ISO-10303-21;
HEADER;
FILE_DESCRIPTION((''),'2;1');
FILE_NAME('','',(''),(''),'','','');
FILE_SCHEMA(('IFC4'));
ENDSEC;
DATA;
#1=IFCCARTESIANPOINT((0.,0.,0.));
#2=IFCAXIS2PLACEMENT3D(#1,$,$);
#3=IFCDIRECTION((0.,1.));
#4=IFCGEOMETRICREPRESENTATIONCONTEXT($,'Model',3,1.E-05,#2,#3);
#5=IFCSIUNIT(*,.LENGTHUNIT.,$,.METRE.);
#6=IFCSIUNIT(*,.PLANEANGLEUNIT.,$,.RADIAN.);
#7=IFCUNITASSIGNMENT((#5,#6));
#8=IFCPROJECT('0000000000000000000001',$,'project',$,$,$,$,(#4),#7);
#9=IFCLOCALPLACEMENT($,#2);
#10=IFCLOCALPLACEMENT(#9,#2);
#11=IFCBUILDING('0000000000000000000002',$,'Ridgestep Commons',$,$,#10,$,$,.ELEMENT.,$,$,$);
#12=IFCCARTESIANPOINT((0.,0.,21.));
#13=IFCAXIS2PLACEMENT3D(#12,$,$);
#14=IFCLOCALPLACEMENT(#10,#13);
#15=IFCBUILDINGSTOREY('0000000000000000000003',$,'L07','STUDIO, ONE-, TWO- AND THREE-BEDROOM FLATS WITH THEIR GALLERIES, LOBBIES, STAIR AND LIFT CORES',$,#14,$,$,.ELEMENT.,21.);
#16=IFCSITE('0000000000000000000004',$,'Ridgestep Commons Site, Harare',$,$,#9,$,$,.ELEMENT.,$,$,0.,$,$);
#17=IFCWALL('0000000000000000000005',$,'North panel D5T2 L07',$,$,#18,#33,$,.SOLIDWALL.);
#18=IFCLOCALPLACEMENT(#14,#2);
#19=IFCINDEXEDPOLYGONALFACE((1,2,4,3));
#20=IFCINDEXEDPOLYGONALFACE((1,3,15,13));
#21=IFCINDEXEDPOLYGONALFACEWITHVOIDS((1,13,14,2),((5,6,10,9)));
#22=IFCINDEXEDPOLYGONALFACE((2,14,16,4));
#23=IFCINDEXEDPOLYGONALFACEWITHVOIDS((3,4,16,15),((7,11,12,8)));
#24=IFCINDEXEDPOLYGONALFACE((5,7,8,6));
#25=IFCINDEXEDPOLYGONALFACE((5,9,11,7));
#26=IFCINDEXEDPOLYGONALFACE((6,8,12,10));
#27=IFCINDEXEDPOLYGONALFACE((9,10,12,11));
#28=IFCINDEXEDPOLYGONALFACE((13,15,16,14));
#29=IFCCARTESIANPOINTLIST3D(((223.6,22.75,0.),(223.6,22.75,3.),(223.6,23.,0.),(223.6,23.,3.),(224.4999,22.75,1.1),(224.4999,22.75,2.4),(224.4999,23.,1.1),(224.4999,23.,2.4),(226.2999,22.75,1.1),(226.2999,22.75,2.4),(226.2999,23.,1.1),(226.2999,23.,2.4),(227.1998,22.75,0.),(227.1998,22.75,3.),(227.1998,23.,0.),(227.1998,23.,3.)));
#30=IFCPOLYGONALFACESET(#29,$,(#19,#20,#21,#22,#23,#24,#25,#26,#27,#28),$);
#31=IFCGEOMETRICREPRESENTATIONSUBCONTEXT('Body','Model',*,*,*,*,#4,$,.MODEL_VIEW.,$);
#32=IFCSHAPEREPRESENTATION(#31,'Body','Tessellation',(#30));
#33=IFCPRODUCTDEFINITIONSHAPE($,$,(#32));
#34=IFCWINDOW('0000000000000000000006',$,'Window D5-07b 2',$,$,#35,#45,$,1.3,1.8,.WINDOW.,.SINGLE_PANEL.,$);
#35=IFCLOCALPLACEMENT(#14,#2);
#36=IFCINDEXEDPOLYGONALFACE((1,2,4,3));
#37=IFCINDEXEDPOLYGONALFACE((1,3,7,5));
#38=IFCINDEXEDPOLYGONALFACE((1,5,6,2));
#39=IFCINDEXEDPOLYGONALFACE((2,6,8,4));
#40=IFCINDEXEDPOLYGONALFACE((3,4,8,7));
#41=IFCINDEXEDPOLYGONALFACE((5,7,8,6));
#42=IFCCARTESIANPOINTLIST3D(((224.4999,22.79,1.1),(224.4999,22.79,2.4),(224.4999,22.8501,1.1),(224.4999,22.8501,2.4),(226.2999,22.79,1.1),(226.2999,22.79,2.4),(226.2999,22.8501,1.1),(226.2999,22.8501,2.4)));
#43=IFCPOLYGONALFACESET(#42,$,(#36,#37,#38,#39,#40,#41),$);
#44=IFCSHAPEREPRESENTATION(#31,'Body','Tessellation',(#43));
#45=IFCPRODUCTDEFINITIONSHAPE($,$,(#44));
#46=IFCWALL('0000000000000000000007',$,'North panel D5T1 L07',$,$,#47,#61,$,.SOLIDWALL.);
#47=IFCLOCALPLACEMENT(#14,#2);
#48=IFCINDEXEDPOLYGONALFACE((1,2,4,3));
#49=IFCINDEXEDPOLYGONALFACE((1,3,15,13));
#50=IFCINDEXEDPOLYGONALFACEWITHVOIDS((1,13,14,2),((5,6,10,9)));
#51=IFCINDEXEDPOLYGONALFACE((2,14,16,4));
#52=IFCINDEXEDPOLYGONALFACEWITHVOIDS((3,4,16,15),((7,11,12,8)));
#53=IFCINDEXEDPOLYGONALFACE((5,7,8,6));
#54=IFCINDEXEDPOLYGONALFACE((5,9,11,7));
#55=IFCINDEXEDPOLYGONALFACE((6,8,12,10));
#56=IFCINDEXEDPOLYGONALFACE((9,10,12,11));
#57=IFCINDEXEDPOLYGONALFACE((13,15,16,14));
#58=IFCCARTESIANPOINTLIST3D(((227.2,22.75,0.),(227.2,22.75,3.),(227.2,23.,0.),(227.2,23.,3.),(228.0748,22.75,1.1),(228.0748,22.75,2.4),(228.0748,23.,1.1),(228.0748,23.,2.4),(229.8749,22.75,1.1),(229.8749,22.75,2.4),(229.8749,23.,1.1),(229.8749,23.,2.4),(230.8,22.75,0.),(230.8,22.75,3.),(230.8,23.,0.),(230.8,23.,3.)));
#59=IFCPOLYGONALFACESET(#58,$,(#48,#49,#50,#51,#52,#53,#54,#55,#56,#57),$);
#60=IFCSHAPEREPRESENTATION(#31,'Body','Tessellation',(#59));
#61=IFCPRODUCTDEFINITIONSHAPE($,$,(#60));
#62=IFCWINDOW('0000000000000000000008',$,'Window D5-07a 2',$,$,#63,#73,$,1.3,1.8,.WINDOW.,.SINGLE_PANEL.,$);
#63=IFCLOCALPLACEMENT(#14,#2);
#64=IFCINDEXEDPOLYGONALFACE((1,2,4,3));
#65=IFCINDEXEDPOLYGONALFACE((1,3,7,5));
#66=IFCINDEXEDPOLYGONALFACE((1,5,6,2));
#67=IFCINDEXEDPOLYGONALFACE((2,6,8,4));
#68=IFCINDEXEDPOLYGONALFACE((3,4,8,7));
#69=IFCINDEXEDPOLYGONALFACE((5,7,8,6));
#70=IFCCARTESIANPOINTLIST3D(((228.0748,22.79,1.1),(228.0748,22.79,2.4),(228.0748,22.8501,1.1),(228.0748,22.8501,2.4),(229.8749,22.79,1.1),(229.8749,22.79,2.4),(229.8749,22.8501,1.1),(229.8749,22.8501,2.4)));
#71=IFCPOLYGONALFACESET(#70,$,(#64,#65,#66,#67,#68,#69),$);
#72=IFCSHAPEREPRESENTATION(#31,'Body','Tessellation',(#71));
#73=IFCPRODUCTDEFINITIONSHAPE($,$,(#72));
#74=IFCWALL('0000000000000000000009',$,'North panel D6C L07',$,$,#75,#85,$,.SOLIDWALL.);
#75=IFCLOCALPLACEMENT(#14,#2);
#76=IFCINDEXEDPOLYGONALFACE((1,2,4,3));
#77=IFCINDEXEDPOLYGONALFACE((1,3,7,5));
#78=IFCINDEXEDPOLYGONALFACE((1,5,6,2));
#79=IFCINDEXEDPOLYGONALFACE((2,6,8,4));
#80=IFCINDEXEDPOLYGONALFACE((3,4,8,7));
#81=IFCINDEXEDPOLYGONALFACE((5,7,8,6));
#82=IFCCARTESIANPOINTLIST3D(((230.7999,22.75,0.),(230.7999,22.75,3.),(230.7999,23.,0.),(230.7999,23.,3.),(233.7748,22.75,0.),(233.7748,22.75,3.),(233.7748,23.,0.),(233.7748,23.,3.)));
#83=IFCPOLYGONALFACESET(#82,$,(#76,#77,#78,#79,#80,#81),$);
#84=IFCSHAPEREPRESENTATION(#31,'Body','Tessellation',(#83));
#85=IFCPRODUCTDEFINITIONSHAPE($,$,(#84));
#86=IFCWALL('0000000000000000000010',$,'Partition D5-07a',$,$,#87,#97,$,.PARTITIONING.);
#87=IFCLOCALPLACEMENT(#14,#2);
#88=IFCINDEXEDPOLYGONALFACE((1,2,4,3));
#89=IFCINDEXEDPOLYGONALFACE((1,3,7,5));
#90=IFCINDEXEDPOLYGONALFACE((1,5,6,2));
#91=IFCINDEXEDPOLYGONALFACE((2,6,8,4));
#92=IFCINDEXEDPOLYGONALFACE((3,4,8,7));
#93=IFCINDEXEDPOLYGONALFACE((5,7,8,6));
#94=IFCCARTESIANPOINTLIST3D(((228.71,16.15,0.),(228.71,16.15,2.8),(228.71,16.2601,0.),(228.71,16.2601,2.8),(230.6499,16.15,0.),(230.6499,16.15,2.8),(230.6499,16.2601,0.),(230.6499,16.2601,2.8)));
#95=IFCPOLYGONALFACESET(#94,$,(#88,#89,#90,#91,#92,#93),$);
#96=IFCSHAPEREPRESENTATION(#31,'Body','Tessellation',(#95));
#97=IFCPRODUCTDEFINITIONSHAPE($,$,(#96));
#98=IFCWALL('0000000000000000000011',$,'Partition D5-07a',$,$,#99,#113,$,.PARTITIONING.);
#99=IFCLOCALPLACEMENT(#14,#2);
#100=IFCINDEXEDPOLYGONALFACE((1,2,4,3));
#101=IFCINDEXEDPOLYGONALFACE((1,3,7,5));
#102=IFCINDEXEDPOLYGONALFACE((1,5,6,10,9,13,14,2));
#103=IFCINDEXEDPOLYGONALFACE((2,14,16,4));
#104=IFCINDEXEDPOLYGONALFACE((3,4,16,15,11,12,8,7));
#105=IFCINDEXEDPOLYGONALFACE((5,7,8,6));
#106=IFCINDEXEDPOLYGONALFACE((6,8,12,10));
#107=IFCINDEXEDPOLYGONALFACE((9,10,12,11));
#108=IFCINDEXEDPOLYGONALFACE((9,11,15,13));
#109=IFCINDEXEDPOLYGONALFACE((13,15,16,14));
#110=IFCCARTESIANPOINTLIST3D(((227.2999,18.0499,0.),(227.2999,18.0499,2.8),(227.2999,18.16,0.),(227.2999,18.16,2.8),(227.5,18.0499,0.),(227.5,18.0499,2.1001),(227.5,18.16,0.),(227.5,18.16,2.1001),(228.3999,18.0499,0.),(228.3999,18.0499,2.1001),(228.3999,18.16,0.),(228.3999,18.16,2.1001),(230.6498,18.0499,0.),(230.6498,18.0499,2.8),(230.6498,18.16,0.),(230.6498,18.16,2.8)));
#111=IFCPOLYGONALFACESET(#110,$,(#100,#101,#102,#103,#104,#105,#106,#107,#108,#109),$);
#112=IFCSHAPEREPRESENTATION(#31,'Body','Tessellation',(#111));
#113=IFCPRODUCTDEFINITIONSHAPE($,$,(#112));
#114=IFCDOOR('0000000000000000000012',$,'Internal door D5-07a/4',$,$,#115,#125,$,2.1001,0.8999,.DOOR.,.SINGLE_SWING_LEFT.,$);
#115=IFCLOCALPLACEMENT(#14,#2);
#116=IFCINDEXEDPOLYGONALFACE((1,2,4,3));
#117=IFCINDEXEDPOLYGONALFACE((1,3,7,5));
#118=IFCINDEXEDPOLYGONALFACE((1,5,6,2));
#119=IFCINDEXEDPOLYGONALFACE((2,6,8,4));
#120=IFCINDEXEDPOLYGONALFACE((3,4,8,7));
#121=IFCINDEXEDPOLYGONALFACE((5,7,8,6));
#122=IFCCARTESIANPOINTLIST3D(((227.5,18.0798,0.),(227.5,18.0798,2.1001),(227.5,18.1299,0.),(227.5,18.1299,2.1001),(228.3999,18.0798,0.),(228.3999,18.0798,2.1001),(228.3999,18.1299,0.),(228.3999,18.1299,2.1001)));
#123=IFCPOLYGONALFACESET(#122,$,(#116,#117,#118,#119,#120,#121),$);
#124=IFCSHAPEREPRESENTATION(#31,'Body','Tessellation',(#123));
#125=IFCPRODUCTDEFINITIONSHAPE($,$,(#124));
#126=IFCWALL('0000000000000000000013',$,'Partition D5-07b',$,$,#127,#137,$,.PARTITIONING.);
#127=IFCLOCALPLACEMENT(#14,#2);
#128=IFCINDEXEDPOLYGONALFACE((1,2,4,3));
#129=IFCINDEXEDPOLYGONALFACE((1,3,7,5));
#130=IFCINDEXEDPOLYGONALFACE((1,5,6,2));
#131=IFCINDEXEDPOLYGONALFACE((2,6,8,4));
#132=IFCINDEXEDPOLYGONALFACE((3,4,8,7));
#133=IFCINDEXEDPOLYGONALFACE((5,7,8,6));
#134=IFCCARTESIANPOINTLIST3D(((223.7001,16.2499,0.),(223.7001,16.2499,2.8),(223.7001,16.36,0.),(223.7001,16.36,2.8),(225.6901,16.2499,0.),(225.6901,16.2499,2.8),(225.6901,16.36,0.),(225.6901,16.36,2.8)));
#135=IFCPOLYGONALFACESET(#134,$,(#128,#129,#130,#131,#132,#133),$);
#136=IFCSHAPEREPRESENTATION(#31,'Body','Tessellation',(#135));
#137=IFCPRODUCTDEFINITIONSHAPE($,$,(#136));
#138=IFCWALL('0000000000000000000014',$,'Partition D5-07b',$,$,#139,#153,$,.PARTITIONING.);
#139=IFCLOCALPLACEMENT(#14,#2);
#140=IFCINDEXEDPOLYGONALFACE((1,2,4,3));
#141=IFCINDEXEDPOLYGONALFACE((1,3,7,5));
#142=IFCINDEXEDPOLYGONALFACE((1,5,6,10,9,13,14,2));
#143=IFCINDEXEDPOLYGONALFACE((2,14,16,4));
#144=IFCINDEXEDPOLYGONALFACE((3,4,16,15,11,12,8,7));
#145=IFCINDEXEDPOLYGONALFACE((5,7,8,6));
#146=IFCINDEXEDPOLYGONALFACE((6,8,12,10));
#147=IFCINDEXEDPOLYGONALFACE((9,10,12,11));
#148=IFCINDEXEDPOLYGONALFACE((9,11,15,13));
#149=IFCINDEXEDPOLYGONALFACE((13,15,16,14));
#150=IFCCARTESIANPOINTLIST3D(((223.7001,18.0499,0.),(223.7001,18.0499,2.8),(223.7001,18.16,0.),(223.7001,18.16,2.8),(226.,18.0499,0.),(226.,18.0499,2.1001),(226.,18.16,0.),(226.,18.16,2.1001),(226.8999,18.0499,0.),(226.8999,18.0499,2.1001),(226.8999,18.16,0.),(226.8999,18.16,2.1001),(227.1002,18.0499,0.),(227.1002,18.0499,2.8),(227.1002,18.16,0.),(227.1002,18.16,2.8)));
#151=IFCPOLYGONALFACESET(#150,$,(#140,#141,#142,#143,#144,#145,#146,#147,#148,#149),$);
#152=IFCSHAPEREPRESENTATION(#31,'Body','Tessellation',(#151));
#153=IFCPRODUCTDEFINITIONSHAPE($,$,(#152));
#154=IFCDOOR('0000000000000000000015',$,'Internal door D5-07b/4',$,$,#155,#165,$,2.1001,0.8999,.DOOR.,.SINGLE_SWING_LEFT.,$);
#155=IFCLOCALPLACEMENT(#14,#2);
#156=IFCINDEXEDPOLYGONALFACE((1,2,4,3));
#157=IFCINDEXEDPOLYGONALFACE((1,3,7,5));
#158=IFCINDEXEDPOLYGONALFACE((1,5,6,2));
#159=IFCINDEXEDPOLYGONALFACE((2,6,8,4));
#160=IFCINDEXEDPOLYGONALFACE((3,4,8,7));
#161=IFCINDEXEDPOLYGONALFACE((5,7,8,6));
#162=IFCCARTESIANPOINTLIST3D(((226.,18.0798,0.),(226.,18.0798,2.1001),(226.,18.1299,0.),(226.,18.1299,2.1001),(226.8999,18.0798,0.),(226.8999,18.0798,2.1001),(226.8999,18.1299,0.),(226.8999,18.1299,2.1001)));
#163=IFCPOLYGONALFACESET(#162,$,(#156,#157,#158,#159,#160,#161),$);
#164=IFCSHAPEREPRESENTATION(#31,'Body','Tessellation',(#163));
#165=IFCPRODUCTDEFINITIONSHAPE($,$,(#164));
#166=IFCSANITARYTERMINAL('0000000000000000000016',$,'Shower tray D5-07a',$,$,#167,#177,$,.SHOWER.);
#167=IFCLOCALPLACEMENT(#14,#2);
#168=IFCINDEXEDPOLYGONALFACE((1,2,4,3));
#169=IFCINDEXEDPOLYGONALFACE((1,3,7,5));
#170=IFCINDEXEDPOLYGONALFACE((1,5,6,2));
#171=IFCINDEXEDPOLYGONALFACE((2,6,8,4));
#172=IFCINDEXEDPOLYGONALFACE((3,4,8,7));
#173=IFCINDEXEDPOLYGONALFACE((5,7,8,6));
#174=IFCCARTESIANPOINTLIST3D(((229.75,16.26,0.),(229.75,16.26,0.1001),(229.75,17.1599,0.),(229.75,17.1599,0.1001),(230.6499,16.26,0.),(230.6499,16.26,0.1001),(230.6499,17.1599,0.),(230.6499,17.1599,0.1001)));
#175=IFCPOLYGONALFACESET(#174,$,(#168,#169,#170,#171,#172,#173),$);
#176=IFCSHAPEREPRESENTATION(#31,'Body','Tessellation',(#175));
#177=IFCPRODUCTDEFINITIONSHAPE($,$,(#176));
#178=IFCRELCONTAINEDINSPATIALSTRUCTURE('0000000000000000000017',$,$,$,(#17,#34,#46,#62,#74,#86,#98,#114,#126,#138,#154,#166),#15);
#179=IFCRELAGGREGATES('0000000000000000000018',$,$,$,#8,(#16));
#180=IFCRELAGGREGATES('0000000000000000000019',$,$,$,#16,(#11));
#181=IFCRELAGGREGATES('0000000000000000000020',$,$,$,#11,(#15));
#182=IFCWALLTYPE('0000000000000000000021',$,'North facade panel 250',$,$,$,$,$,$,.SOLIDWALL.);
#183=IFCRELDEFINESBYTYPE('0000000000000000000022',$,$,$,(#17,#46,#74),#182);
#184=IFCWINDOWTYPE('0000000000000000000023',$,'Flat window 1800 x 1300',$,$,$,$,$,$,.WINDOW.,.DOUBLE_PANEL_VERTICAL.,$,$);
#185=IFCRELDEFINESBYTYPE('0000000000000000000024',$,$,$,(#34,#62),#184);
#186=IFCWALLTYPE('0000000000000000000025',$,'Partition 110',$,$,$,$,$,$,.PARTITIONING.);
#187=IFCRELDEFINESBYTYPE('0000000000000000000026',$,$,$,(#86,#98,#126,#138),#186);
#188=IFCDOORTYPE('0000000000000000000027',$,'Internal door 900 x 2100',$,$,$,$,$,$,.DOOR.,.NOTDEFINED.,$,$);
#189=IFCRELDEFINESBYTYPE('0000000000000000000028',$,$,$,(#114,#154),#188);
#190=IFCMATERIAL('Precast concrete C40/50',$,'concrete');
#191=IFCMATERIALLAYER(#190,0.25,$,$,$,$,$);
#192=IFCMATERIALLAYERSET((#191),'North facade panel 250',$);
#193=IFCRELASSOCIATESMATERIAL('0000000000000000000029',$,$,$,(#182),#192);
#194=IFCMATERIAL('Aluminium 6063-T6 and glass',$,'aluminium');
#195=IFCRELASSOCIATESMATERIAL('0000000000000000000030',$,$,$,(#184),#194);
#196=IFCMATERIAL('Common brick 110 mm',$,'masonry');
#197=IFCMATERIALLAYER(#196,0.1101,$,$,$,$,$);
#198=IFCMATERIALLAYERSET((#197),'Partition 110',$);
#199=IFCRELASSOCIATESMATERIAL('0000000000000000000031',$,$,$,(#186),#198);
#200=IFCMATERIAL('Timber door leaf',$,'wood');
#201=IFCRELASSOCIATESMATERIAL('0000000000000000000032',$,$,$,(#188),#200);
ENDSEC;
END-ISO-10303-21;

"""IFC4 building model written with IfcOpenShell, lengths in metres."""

from ifc_helpers import new_model, si_unit, direction, frame, frame_2d, origin, origin_2d, place, context, subcontext, project, spatial, rectangle, extrude, material, layer, layer_set, type_object, element, fill, save


model = new_model("IFC4")

# Units and contexts
model_context = context("Model", 3, precision=1e-05, world=origin(), true_north=direction((0.0, 1.0)))
body_context = subcontext(model_context, "Body", "Model", "MODEL_VIEW")
ifc_project = project(units=[si_unit("LENGTHUNIT", "METRE"), si_unit("PLANEANGLEUNIT", "RADIAN")], contexts=[model_context])

# Site, building, storey
site_placement = place(None, origin())
site = spatial("IfcSite", under=ifc_project, at=site_placement, Name="Ridgestep Commons Site, Harare", CompositionType="ELEMENT", RefElevation=0.0)
building_placement = place(site_placement, origin())
building = spatial("IfcBuilding", under=site, at=building_placement, Name="Ridgestep Commons", CompositionType="ELEMENT")
storey_placement = place(building_placement, frame((0.0, 0.0, 21.0)))
storey = spatial("IfcBuildingStorey", under=building, at=storey_placement, Name="L07", Description="STUDIO, ONE-, TWO- AND THREE-BEDROOM FLATS WITH THEIR GALLERIES, LOBBIES, STAIR AND LIFT CORES", CompositionType="ELEMENT", Elevation=21.0)

# Walls, openings, windows
ifc_material_1 = material(Name="Precast concrete C40/50", Category="concrete")
ifc_layer_1 = layer(ifc_material_1, 0.25)
ifc_layer_set_1 = layer_set([ifc_layer_1], Name="North facade panel 250")
wall_type_1 = type_object("IfcWallType", Name="North facade panel 250", PredefinedType="SOLIDWALL", material=ifc_layer_set_1)
wall_1_placement = place(storey_placement, frame((223.6001, 22.875, 0.0), z_axis=(0.0, 0.0, 1.0), x_axis=(1.0, 0.0, 0.0)))
wall_1 = element("IfcWall", 1, at=wall_1_placement, inside=storey, type_object=wall_type_1, Name="North panel D5T2 L07", PredefinedType="SOLIDWALL", context=body_context, shape_type="SweptSolid", body=[
    extrude(rectangle(XDim=3.5999, YDim=0.25, at=frame_2d((1.7998, 0.0))), origin(), (0.0, 0.0, 1.0), 3.0),
])
opening_1_placement = place(wall_1_placement, frame((0.8999, 0.0, 1.1001)))
opening_1 = element("IfcOpeningElement", 2, at=opening_1_placement, cuts=wall_1, PredefinedType="OPENING", context=body_context, shape_type="SweptSolid", body=[
    extrude(rectangle(XDim=1.8, YDim=1.3, at=frame_2d((0.8999, 0.6499))), frame((0.0, 0.135, 0.0), z_axis=(0.0, -1.0, 0.0), x_axis=(1.0, 0.0, 0.0)), (0.0, 0.0, 1.0), 0.27),
])
ifc_material_2 = material(Name="Aluminium 6063-T6 and glass", Category="aluminium")
window_type = type_object("IfcWindowType", Name="Flat window 1800 x 1300", PartitioningType="DOUBLE_PANEL_VERTICAL", PredefinedType="WINDOW", material=ifc_material_2)
window_1_placement = place(opening_1_placement, origin())
window_1 = element("IfcWindow", 3, at=window_1_placement, inside=storey, type_object=window_type, Name="Window D5-07b 2", OverallHeight=1.3, OverallWidth=1.8, PartitioningType="SINGLE_PANEL", PredefinedType="WINDOW", context=body_context, shape_type="SweptSolid", body=[
    extrude(rectangle(XDim=1.8, YDim=1.3, at=frame_2d((0.8999, 0.6499))), frame((0.0, -0.0249, 0.0), z_axis=(0.0, -1.0, 0.0), x_axis=(1.0, 0.0, 0.0)), (0.0, 0.0, 1.0), 0.0601),
])
fill(opening_1, window_1)
wall_2_placement = place(storey_placement, frame((227.2, 22.875, 0.0), z_axis=(0.0, 0.0, 1.0), x_axis=(1.0, 0.0, 0.0)))
wall_2 = element("IfcWall", 4, at=wall_2_placement, inside=storey, type_object=wall_type_1, Name="North panel D5T1 L07", PredefinedType="SOLIDWALL", context=body_context, shape_type="SweptSolid", body=[
    extrude(rectangle(XDim=3.6001, YDim=0.25, at=frame_2d((1.8, 0.0))), origin(), (0.0, 0.0, 1.0), 3.0),
])
opening_2_placement = place(wall_2_placement, frame((0.875, 0.0, 1.1001)))
opening_2 = element("IfcOpeningElement", 5, at=opening_2_placement, cuts=wall_2, PredefinedType="OPENING", context=body_context, shape_type="SweptSolid", body=[
    extrude(rectangle(XDim=1.8, YDim=1.3, at=frame_2d((0.8999, 0.6499))), frame((0.0, 0.135, 0.0), z_axis=(0.0, -1.0, 0.0), x_axis=(1.0, 0.0, 0.0)), (0.0, 0.0, 1.0), 0.27),
])
window_2_placement = place(opening_2_placement, origin())
window_2 = element("IfcWindow", 6, at=window_2_placement, inside=storey, type_object=window_type, Name="Window D5-07a 2", OverallHeight=1.3, OverallWidth=1.8, PartitioningType="SINGLE_PANEL", PredefinedType="WINDOW", context=body_context, shape_type="SweptSolid", body=[
    extrude(rectangle(XDim=1.8, YDim=1.3, at=frame_2d((0.8999, 0.6499))), frame((0.0, -0.0249, 0.0), z_axis=(0.0, -1.0, 0.0), x_axis=(1.0, 0.0, 0.0)), (0.0, 0.0, 1.0), 0.0601),
])
fill(opening_2, window_2)

# Walls
wall_3_placement = place(storey_placement, frame((230.8, 22.875, 0.0), z_axis=(0.0, 0.0, 1.0), x_axis=(1.0, 0.0, 0.0)))
element("IfcWall", 7, at=wall_3_placement, inside=storey, type_object=wall_type_1, Name="North panel D6C L07", PredefinedType="SOLIDWALL", context=body_context, shape_type="SweptSolid", body=[
    extrude(rectangle(XDim=2.9749, YDim=0.25, at=frame_2d((1.4873, 0.0))), origin(), (0.0, 0.0, 1.0), 3.0),
])
ifc_material_3 = material(Name="Common brick 110 mm", Category="masonry")
ifc_layer_2 = layer(ifc_material_3, 0.1101)
ifc_layer_set_2 = layer_set([ifc_layer_2], Name="Partition 110")
wall_type_2 = type_object("IfcWallType", Name="Partition 110", PredefinedType="PARTITIONING", material=ifc_layer_set_2)
wall_4_placement = place(storey_placement, frame((228.71, 16.2051, 0.0), z_axis=(0.0, 0.0, 1.0), x_axis=(1.0, 0.0, 0.0)))
element("IfcWall", 8, at=wall_4_placement, inside=storey, type_object=wall_type_2, Name="Partition D5-07a", PredefinedType="PARTITIONING", context=body_context, shape_type="SweptSolid", body=[
    extrude(rectangle(XDim=1.9399, YDim=0.1101, at=frame_2d((0.97, 0.0))), origin(), (0.0, 0.0, 1.0), 2.8),
])

# Wall, opening, door
wall_5_placement = place(storey_placement, frame((227.3, 18.105, 0.0), z_axis=(0.0, 0.0, 1.0), x_axis=(1.0, 0.0, 0.0)))
wall_5 = element("IfcWall", 9, at=wall_5_placement, inside=storey, type_object=wall_type_2, Name="Partition D5-07a", PredefinedType="PARTITIONING", context=body_context, shape_type="SweptSolid", body=[
    extrude(rectangle(XDim=3.3499, YDim=0.1101, at=frame_2d((1.6748, 0.0))), origin(), (0.0, 0.0, 1.0), 2.8),
])
opening_3_placement = place(wall_5_placement, frame((0.2, 0.0, 0.0)))
opening_3 = element("IfcOpeningElement", 10, at=opening_3_placement, cuts=wall_5, PredefinedType="OPENING", context=body_context, shape_type="SweptSolid", body=[
    extrude(rectangle(XDim=0.8999, YDim=2.1001, at=frame_2d((0.45, 1.05))), frame((0.0, 0.0649, 0.0), z_axis=(0.0, -1.0, 0.0), x_axis=(1.0, 0.0, 0.0)), (0.0, 0.0, 1.0), 0.1301),
])
ifc_material_4 = material(Name="Timber door leaf", Category="wood")
door_type = type_object("IfcDoorType", Name="Internal door 900 x 2100", OperationType="NOTDEFINED", PredefinedType="DOOR", material=ifc_material_4)
door_1_placement = place(opening_3_placement, origin())
door_1 = element("IfcDoor", 11, at=door_1_placement, inside=storey, type_object=door_type, Name="Internal door D5-07a/4", OperationType="SINGLE_SWING_LEFT", OverallHeight=2.1001, OverallWidth=0.8999, PredefinedType="DOOR", context=body_context, shape_type="SweptSolid", body=[
    extrude(rectangle(XDim=0.8999, YDim=2.1001, at=frame_2d((0.45, 1.05))), frame((0.0, 0.0249, 0.0), z_axis=(0.0, -1.0, 0.0), x_axis=(1.0, 0.0, 0.0)), (0.0, 0.0, 1.0), 0.05),
])
fill(opening_3, door_1)

# Wall
wall_6_placement = place(storey_placement, frame((223.7, 16.3049, 0.0), z_axis=(0.0, 0.0, 1.0), x_axis=(1.0, 0.0, 0.0)))
element("IfcWall", 12, at=wall_6_placement, inside=storey, type_object=wall_type_2, Name="Partition D5-07b", PredefinedType="PARTITIONING", context=body_context, shape_type="SweptSolid", body=[
    extrude(rectangle(XDim=1.99, YDim=0.1101, at=frame_2d((0.9951, 0.0))), origin(), (0.0, 0.0, 1.0), 2.8),
])

# Wall, opening, door
wall_7_placement = place(storey_placement, frame((223.7, 18.105, 0.0), z_axis=(0.0, 0.0, 1.0), x_axis=(1.0, 0.0, 0.0)))
wall_7 = element("IfcWall", 13, at=wall_7_placement, inside=storey, type_object=wall_type_2, Name="Partition D5-07b", PredefinedType="PARTITIONING", context=body_context, shape_type="SweptSolid", body=[
    extrude(rectangle(XDim=3.4001, YDim=0.1101, at=frame_2d((1.7002, 0.0))), origin(), (0.0, 0.0, 1.0), 2.8),
])
opening_4_placement = place(wall_7_placement, frame((2.3, 0.0, 0.0)))
opening_4 = element("IfcOpeningElement", 14, at=opening_4_placement, cuts=wall_7, PredefinedType="OPENING", context=body_context, shape_type="SweptSolid", body=[
    extrude(rectangle(XDim=0.8999, YDim=2.1001, at=frame_2d((0.45, 1.05))), frame((0.0, 0.0649, 0.0), z_axis=(0.0, -1.0, 0.0), x_axis=(1.0, 0.0, 0.0)), (0.0, 0.0, 1.0), 0.1301),
])
door_2_placement = place(opening_4_placement, origin())
door_2 = element("IfcDoor", 15, at=door_2_placement, inside=storey, type_object=door_type, Name="Internal door D5-07b/4", OperationType="SINGLE_SWING_LEFT", OverallHeight=2.1001, OverallWidth=0.8999, PredefinedType="DOOR", context=body_context, shape_type="SweptSolid", body=[
    extrude(rectangle(XDim=0.8999, YDim=2.1001, at=frame_2d((0.45, 1.05))), frame((0.0, 0.0249, 0.0), z_axis=(0.0, -1.0, 0.0), x_axis=(1.0, 0.0, 0.0)), (0.0, 0.0, 1.0), 0.05),
])
fill(opening_4, door_2)

# Sanitary terminal
sanitary_terminal_1_placement = place(storey_placement, frame((230.2, 16.71, 0.0), z_axis=(0.0, 0.0, 1.0), x_axis=(1.0, 0.0, 0.0)))
element("IfcSanitaryTerminal", 16, at=sanitary_terminal_1_placement, inside=storey, Name="Shower tray D5-07a", PredefinedType="SHOWER", context=body_context, shape_type="SweptSolid", body=[
    extrude(rectangle(XDim=0.8999, YDim=0.8999, at=origin_2d()), origin(), (0.0, 0.0, 1.0), 0.1001),
])

save(model, "model.ifc")
